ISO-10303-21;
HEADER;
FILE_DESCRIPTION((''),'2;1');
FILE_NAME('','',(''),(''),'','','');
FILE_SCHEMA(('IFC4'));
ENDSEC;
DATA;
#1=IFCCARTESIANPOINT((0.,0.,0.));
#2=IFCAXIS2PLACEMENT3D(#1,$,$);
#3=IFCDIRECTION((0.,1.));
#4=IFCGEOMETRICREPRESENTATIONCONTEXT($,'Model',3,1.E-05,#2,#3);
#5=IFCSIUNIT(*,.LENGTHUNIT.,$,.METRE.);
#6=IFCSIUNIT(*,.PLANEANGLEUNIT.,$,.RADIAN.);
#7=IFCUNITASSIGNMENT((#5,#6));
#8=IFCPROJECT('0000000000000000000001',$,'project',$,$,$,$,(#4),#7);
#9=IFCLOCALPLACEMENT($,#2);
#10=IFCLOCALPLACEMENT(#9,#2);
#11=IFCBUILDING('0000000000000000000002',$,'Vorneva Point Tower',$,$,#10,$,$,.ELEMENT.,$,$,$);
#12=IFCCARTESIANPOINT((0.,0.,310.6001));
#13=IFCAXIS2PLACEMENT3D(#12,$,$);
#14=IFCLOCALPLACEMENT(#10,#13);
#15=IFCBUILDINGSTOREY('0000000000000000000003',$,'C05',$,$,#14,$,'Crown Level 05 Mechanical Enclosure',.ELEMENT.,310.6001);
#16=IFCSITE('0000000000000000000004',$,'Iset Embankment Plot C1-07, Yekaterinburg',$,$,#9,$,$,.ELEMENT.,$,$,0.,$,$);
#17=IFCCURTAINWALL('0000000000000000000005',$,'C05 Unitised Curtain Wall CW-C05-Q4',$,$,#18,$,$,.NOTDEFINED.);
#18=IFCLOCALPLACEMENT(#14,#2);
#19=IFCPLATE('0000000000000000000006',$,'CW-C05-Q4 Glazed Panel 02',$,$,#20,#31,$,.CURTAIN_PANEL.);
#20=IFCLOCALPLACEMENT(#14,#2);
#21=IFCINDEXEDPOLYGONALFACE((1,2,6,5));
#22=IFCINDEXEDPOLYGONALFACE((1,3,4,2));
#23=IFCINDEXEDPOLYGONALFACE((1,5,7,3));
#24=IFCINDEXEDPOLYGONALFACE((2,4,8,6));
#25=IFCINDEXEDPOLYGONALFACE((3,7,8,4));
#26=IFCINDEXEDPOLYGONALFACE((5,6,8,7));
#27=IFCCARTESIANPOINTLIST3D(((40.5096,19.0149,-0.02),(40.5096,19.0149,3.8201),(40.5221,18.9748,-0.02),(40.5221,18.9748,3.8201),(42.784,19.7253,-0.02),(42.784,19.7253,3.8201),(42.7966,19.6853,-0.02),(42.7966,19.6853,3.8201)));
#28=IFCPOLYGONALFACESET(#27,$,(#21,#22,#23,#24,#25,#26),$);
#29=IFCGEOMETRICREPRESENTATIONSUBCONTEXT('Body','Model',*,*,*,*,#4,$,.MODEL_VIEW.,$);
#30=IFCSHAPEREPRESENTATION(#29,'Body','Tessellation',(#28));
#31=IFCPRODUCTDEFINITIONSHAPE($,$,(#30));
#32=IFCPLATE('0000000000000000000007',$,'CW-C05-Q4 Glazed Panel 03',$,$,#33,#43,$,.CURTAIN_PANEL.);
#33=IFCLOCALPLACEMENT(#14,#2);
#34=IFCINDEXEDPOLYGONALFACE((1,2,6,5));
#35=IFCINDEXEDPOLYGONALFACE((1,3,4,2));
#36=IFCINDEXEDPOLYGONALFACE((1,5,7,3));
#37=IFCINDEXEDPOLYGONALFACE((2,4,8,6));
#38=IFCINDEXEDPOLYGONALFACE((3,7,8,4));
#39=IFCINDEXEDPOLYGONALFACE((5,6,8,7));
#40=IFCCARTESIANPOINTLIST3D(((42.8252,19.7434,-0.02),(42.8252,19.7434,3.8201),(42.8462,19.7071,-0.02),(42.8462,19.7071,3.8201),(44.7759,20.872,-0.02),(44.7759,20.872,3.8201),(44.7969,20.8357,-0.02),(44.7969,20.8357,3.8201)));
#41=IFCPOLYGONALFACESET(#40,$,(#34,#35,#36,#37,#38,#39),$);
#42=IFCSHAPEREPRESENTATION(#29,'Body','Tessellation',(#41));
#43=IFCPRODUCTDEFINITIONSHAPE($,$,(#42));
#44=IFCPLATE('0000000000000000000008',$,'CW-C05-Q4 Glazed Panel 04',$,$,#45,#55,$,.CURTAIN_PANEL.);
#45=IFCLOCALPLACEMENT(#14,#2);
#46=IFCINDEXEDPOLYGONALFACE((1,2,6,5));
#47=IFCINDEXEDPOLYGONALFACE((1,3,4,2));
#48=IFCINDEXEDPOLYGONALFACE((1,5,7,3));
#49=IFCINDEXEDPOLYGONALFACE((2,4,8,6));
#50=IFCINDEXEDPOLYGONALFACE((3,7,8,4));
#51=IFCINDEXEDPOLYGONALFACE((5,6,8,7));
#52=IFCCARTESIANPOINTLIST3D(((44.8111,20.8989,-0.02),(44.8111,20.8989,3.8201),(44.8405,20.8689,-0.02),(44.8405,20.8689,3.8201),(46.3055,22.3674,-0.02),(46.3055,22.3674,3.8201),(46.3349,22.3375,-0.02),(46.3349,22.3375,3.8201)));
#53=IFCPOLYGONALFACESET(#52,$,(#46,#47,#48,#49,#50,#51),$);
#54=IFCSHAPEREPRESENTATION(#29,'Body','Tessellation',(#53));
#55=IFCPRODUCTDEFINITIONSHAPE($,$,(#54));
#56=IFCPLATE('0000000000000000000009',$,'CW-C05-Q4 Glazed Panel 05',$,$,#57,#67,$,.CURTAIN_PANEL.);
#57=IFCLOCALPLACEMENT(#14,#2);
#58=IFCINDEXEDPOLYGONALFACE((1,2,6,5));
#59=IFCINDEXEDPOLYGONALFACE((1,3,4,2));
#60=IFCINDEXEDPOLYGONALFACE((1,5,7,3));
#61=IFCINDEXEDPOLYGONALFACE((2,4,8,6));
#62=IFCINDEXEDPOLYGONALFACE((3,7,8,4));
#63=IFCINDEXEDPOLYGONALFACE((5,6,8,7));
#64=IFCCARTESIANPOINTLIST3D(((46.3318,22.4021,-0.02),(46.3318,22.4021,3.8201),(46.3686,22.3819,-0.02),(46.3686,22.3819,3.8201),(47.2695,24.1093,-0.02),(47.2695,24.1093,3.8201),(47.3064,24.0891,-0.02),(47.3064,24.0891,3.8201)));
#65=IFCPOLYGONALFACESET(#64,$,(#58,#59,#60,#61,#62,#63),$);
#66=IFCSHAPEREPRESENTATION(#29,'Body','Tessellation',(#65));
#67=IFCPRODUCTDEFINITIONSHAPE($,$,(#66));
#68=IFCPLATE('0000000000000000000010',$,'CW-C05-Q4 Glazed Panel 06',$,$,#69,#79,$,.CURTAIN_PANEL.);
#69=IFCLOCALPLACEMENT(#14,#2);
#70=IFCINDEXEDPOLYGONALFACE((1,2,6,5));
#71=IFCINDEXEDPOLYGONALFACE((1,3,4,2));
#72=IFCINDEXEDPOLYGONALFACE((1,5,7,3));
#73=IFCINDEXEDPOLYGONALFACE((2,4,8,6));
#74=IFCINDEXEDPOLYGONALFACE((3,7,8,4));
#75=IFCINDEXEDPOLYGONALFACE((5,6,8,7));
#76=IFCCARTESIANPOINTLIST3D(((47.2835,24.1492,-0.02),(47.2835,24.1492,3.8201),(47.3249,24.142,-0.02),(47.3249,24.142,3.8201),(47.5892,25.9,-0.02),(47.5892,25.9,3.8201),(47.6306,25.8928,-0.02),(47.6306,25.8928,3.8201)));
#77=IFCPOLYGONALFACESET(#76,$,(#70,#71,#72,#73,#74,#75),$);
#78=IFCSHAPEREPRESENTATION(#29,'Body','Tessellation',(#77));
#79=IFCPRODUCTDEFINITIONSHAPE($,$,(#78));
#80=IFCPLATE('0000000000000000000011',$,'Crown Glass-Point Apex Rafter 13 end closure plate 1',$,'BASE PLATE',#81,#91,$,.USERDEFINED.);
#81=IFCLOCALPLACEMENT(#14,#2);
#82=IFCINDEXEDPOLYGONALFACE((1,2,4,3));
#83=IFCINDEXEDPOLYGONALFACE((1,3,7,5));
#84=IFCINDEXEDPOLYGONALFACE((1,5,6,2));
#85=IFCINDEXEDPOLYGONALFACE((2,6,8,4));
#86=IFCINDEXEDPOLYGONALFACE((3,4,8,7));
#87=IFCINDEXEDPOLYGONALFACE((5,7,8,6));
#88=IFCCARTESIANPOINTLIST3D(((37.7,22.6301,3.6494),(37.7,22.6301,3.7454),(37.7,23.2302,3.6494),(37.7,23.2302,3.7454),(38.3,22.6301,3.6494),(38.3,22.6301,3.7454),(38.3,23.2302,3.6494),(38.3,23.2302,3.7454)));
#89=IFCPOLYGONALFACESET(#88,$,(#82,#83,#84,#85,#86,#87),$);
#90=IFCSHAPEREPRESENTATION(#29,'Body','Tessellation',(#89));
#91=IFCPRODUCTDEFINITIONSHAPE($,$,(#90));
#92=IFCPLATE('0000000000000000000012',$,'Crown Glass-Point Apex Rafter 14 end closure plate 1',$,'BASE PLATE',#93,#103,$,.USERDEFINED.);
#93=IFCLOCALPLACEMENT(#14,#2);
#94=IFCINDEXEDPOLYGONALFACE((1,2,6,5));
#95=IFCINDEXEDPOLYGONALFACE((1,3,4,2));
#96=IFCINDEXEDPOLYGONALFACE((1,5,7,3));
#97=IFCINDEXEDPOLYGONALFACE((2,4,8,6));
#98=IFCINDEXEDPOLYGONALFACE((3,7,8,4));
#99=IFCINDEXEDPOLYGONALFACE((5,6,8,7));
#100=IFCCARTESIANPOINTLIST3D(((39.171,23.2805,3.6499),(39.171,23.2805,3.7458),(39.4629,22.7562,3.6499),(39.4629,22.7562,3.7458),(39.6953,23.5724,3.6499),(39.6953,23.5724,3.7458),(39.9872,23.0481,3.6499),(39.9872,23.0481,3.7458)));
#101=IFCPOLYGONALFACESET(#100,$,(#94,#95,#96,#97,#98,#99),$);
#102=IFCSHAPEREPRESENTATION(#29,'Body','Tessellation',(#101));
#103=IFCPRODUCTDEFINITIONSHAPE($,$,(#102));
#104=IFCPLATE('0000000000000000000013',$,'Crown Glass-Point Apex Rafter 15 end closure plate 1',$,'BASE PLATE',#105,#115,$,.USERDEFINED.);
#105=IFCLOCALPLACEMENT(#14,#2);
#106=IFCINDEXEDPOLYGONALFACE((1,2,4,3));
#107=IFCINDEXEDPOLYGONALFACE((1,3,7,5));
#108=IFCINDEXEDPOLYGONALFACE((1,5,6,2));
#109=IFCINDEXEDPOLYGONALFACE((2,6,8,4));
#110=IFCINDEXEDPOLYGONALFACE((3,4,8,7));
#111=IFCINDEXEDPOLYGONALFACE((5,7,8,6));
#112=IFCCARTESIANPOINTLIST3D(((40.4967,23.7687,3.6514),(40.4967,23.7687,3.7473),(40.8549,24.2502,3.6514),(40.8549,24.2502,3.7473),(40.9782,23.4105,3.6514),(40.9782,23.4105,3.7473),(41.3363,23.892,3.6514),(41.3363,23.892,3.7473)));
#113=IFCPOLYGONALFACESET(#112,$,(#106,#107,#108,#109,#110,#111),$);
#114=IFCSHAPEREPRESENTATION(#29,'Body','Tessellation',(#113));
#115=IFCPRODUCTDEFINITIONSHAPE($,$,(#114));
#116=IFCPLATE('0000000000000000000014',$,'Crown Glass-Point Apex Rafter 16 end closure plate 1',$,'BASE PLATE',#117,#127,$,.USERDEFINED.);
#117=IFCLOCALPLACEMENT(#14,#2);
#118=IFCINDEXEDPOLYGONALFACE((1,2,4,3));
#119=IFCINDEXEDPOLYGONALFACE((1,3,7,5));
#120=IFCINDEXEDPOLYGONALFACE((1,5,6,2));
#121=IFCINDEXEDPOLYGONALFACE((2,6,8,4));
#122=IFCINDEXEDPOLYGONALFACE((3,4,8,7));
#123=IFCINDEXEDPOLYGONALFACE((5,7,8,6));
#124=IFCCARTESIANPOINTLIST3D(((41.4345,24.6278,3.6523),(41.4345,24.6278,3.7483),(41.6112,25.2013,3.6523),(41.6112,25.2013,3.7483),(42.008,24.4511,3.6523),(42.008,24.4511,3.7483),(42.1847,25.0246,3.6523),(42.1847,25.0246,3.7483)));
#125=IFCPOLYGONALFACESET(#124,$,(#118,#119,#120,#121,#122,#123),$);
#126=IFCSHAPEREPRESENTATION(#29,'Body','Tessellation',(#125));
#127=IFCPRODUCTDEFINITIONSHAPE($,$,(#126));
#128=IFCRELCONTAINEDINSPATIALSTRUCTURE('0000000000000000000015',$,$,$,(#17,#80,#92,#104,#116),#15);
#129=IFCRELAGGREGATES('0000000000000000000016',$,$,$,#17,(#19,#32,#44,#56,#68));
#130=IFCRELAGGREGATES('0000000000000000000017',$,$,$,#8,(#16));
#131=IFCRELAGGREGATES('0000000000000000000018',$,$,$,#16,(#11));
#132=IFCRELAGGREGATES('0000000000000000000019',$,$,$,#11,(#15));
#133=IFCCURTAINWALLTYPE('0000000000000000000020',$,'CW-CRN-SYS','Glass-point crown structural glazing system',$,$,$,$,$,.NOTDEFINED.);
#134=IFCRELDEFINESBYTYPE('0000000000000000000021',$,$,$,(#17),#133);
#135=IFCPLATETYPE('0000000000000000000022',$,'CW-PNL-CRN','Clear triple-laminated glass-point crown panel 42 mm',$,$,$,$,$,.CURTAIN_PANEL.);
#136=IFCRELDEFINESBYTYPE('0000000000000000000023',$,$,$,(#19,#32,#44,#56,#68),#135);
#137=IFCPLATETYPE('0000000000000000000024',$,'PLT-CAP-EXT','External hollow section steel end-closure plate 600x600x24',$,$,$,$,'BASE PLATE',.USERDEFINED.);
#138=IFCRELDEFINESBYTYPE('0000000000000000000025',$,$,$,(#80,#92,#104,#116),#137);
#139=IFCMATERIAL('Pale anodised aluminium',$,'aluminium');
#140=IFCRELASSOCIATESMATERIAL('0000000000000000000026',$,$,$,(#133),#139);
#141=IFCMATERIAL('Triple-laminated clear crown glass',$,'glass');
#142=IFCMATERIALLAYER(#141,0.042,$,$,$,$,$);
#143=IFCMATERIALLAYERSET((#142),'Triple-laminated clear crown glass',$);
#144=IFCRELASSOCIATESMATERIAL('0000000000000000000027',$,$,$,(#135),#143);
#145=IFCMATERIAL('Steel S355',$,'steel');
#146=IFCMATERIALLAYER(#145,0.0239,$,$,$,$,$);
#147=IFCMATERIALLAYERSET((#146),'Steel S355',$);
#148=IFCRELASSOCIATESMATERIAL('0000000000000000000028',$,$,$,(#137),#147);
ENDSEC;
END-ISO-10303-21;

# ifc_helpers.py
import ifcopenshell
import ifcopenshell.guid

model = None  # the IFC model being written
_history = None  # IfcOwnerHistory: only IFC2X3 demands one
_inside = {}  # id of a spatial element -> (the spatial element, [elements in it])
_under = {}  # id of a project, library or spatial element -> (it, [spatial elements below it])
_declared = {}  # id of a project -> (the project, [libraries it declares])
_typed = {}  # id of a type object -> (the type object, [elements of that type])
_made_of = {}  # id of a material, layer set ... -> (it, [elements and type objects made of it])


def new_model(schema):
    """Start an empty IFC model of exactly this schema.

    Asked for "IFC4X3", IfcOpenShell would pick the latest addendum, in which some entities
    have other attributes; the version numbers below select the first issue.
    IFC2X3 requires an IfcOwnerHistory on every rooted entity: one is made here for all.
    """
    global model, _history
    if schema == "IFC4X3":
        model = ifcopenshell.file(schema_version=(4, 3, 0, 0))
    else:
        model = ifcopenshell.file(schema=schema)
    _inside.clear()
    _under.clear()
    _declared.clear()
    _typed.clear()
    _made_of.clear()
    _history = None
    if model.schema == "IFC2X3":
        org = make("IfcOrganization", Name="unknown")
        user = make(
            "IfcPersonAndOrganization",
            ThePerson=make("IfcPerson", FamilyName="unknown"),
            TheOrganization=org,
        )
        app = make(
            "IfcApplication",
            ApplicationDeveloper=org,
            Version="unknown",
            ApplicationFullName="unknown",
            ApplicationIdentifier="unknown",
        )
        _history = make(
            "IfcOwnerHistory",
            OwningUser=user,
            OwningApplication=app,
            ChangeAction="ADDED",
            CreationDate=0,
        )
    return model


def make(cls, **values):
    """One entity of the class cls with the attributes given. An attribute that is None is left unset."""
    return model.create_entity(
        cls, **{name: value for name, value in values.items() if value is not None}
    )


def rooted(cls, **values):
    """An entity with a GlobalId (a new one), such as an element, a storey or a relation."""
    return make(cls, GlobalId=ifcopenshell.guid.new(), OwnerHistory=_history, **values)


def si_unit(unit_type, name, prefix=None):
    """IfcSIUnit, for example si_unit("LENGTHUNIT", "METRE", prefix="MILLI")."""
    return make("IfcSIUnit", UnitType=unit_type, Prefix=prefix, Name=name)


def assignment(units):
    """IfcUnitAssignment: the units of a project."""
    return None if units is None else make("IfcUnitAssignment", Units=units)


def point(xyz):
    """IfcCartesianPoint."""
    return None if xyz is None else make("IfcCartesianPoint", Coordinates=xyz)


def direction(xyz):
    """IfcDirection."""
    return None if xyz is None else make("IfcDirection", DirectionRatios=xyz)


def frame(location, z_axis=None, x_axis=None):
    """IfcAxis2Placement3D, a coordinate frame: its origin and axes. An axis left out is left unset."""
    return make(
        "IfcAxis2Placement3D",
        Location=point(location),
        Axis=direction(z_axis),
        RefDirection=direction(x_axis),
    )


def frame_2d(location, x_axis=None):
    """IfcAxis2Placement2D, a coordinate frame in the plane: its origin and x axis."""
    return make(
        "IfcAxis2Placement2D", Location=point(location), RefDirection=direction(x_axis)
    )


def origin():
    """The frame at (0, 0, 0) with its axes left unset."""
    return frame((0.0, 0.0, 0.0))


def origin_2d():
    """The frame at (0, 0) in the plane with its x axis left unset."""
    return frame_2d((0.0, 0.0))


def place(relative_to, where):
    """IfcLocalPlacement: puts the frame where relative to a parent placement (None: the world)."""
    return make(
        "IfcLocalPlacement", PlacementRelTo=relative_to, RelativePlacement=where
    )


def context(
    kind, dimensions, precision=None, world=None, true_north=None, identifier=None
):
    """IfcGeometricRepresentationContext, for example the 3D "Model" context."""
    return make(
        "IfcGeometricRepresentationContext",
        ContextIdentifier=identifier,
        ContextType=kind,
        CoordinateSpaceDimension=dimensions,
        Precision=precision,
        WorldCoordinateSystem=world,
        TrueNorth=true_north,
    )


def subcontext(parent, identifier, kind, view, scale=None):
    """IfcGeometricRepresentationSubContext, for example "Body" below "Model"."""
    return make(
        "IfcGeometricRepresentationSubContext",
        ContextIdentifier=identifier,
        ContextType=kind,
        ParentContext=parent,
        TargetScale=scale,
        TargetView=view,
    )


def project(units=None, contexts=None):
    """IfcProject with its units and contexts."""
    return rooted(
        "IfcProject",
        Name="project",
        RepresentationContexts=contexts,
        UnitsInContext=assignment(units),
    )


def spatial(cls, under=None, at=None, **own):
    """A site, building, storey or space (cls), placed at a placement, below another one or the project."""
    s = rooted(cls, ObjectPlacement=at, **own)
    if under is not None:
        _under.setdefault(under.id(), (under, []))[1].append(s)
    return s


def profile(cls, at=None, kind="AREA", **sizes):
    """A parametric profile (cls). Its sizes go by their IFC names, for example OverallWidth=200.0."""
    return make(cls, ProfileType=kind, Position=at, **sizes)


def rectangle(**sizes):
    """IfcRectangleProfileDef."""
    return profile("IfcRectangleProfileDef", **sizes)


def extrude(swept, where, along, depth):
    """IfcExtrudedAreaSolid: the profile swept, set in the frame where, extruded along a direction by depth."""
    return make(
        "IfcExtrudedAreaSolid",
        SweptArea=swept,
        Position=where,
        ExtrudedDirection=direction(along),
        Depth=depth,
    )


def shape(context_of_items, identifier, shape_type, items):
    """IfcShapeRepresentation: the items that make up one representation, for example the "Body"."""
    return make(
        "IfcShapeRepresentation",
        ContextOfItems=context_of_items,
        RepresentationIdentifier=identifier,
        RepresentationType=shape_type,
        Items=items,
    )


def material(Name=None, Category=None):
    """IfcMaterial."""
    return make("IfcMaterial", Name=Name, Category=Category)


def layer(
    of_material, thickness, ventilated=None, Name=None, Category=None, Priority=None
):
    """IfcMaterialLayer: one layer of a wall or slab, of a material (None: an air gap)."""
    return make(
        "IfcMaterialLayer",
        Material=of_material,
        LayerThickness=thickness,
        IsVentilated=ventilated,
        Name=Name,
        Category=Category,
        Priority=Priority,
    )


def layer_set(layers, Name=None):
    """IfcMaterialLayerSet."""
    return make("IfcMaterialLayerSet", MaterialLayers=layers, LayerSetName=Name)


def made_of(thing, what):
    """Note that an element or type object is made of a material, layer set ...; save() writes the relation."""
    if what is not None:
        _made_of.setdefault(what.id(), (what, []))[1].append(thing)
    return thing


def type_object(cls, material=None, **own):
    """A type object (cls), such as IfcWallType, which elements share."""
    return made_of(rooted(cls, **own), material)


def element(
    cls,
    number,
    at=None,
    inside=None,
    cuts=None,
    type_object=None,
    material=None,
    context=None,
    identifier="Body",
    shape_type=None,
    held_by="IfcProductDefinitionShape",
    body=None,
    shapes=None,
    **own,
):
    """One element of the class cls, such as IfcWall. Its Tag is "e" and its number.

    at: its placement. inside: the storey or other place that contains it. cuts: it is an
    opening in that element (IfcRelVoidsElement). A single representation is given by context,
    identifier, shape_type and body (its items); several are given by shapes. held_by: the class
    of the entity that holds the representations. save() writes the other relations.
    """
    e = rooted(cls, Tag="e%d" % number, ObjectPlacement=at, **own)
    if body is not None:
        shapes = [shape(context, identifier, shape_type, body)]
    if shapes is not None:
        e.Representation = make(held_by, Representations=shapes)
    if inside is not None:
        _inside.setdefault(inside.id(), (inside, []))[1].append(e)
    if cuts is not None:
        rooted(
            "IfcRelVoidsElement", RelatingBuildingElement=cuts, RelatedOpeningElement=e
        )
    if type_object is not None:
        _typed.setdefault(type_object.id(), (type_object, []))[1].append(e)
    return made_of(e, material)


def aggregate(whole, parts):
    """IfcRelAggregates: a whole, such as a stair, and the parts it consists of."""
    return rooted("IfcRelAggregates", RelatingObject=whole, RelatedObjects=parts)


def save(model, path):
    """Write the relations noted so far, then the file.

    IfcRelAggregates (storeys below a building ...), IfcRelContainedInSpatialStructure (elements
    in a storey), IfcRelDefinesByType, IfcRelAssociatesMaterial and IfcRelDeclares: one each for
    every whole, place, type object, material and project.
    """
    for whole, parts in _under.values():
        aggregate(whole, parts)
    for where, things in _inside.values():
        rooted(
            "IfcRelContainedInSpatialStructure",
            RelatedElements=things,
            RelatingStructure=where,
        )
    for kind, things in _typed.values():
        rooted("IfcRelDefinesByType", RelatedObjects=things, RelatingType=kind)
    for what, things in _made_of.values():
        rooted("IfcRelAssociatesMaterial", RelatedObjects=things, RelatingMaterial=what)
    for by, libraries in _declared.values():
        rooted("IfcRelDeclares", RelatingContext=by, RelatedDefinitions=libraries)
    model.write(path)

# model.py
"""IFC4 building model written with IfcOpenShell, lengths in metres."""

from ifc_helpers import new_model, si_unit, direction, frame, origin, origin_2d, place, context, subcontext, project, spatial, rectangle, extrude, material, layer, layer_set, type_object, element, aggregate, save


model = new_model("IFC4")

# Units and contexts
model_context = context("Model", 3, precision=1e-05, world=origin(), true_north=direction((0.0, 1.0)))
body_context = subcontext(model_context, "Body", "Model", "MODEL_VIEW")
ifc_project = project(units=[si_unit("LENGTHUNIT", "METRE"), si_unit("PLANEANGLEUNIT", "RADIAN")], contexts=[model_context])

# Site, building, storey
site_placement = place(None, origin())
site = spatial("IfcSite", under=ifc_project, at=site_placement, Name="Iset Embankment Plot C1-07, Yekaterinburg", CompositionType="ELEMENT", RefElevation=0.0)
building_placement = place(site_placement, origin())
building = spatial("IfcBuilding", under=site, at=building_placement, Name="Vorneva Point Tower", CompositionType="ELEMENT")
storey_placement = place(building_placement, frame((0.0, 0.0, 310.6001)))
storey = spatial("IfcBuildingStorey", under=building, at=storey_placement, Name="C05", LongName="Crown Level 05 Mechanical Enclosure", CompositionType="ELEMENT", Elevation=310.6001)

# Shared definitions
ifc_material_1 = material(Name="Steel S355", Category="steel")

# Curtain wall
ifc_material_2 = material(Name="Pale anodised aluminium", Category="aluminium")
curtain_wall_type = type_object("IfcCurtainWallType", Name="CW-CRN-SYS", Description="Glass-point crown structural glazing system", PredefinedType="NOTDEFINED", material=ifc_material_2)
curtain_wall_placement = place(storey_placement, origin())
curtain_wall = element("IfcCurtainWall", 1, at=curtain_wall_placement, inside=storey, type_object=curtain_wall_type, Name="C05 Unitised Curtain Wall CW-C05-Q4", PredefinedType="NOTDEFINED")

# Plates
ifc_material_3 = material(Name="Triple-laminated clear crown glass", Category="glass")
ifc_layer_1 = layer(ifc_material_3, 0.042)
ifc_layer_set_1 = layer_set([ifc_layer_1], Name="Triple-laminated clear crown glass")
plate_type_1 = type_object("IfcPlateType", Name="CW-PNL-CRN", Description="Clear triple-laminated glass-point crown panel 42 mm", PredefinedType="CURTAIN_PANEL", material=ifc_layer_set_1)
plate_1_placement = place(storey_placement, frame((41.6531, 19.3501, -0.02), z_axis=(0.0, 0.0, 1.0), x_axis=(0.954522, 0.298141, 0.0)))
plate_1 = element("IfcPlate", 2, at=plate_1_placement, type_object=plate_type_1, Name="CW-C05-Q4 Glazed Panel 02", PredefinedType="CURTAIN_PANEL", context=body_context, shape_type="SweptSolid", body=[
    extrude(rectangle(XDim=2.3828, YDim=0.042, at=origin_2d()), origin(), (0.0, 0.0, 1.0), 3.8401),
])
plate_2_placement = place(storey_placement, frame((43.811, 20.2896, -0.02), z_axis=(0.0, 0.0, 1.0), x_axis=(0.865563, 0.500801, 0.0)))
plate_2 = element("IfcPlate", 3, at=plate_2_placement, type_object=plate_type_1, Name="CW-C05-Q4 Glazed Panel 03", PredefinedType="CURTAIN_PANEL", context=body_context, shape_type="SweptSolid", body=[
    extrude(rectangle(XDim=2.2537, YDim=0.042, at=origin_2d()), origin(), (0.0, 0.0, 1.0), 3.8401),
])
plate_3_placement = place(storey_placement, frame((45.573, 21.6182, -0.02), z_axis=(0.0, 0.0, 1.0), x_axis=(0.71325, 0.700909, 0.0)))
plate_3 = element("IfcPlate", 4, at=plate_3_placement, type_object=plate_type_1, Name="CW-C05-Q4 Glazed Panel 04", PredefinedType="CURTAIN_PANEL", context=body_context, shape_type="SweptSolid", body=[
    extrude(rectangle(XDim=2.0952, YDim=0.042, at=origin_2d()), origin(), (0.0, 0.0, 1.0), 3.8401),
])
plate_4_placement = place(storey_placement, frame((46.8191, 23.2456, -0.02), z_axis=(0.0, 0.0, 1.0), x_axis=(0.481432, 0.876483, 0.0)))
plate_4 = element("IfcPlate", 5, at=plate_4_placement, type_object=plate_type_1, Name="CW-C05-Q4 Glazed Panel 05", PredefinedType="CURTAIN_PANEL", context=body_context, shape_type="SweptSolid", body=[
    extrude(rectangle(XDim=1.9478, YDim=0.042, at=origin_2d()), origin(), (0.0, 0.0, 1.0), 3.8401),
])
plate_5_placement = place(storey_placement, frame((47.457, 25.021, -0.02), z_axis=(0.0, 0.0, 1.0), x_axis=(0.171998, 0.985097, 0.0)))
plate_5 = element("IfcPlate", 6, at=plate_5_placement, type_object=plate_type_1, Name="CW-C05-Q4 Glazed Panel 06", PredefinedType="CURTAIN_PANEL", context=body_context, shape_type="SweptSolid", body=[
    extrude(rectangle(XDim=1.7773, YDim=0.042, at=origin_2d()), origin(), (0.0, 0.0, 1.0), 3.8401),
])
aggregate(curtain_wall, [plate_1, plate_2, plate_3, plate_4, plate_5])

# Plates
ifc_layer_2 = layer(ifc_material_1, 0.0239)
ifc_layer_set_2 = layer_set([ifc_layer_2], Name="Steel S355")
plate_type_2 = type_object("IfcPlateType", Name="PLT-CAP-EXT", Description="External hollow section steel end-closure plate 600x600x24", ElementType="BASE PLATE", PredefinedType="USERDEFINED", material=ifc_layer_set_2)
for number, where, z_axis, x_axis, name in (
    (7, (38.0, 22.9302, 3.6494), (0.0, 0.0, 1.0), (0.0, 1.0, 0.0), "Crown Glass-Point Apex Rafter 13 end closure plate 1"),
    (8, (39.5791, 23.1643, 3.6499), (0.0, 0.0, 1.0), (-0.486488, 0.873687, 0.0), "Crown Glass-Point Apex Rafter 14 end closure plate 1"),
    (9, (40.9165, 23.8303, 3.6514), (0.0, 0.0, 1.0), (-0.802339, 0.596869, 0.0), "Crown Glass-Point Apex Rafter 15 end closure plate 1"),
    (10, (41.8096, 24.8262, 3.6523), (0.0, 0.0, 1.0), (-0.955659, 0.294474, 0.0), "Crown Glass-Point Apex Rafter 16 end closure plate 1"),
):
    element("IfcPlate", number, at=place(storey_placement, frame(where, z_axis=z_axis, x_axis=x_axis)), inside=storey, type_object=plate_type_2, Name=name, ObjectType="BASE PLATE", PredefinedType="USERDEFINED", context=body_context, shape_type="SweptSolid", body=[
        extrude(rectangle(XDim=0.6001, YDim=0.6001, at=origin_2d()), origin(), (0.0, 0.0, 1.0), 0.0959),
    ])

save(model, "model.ifc")
